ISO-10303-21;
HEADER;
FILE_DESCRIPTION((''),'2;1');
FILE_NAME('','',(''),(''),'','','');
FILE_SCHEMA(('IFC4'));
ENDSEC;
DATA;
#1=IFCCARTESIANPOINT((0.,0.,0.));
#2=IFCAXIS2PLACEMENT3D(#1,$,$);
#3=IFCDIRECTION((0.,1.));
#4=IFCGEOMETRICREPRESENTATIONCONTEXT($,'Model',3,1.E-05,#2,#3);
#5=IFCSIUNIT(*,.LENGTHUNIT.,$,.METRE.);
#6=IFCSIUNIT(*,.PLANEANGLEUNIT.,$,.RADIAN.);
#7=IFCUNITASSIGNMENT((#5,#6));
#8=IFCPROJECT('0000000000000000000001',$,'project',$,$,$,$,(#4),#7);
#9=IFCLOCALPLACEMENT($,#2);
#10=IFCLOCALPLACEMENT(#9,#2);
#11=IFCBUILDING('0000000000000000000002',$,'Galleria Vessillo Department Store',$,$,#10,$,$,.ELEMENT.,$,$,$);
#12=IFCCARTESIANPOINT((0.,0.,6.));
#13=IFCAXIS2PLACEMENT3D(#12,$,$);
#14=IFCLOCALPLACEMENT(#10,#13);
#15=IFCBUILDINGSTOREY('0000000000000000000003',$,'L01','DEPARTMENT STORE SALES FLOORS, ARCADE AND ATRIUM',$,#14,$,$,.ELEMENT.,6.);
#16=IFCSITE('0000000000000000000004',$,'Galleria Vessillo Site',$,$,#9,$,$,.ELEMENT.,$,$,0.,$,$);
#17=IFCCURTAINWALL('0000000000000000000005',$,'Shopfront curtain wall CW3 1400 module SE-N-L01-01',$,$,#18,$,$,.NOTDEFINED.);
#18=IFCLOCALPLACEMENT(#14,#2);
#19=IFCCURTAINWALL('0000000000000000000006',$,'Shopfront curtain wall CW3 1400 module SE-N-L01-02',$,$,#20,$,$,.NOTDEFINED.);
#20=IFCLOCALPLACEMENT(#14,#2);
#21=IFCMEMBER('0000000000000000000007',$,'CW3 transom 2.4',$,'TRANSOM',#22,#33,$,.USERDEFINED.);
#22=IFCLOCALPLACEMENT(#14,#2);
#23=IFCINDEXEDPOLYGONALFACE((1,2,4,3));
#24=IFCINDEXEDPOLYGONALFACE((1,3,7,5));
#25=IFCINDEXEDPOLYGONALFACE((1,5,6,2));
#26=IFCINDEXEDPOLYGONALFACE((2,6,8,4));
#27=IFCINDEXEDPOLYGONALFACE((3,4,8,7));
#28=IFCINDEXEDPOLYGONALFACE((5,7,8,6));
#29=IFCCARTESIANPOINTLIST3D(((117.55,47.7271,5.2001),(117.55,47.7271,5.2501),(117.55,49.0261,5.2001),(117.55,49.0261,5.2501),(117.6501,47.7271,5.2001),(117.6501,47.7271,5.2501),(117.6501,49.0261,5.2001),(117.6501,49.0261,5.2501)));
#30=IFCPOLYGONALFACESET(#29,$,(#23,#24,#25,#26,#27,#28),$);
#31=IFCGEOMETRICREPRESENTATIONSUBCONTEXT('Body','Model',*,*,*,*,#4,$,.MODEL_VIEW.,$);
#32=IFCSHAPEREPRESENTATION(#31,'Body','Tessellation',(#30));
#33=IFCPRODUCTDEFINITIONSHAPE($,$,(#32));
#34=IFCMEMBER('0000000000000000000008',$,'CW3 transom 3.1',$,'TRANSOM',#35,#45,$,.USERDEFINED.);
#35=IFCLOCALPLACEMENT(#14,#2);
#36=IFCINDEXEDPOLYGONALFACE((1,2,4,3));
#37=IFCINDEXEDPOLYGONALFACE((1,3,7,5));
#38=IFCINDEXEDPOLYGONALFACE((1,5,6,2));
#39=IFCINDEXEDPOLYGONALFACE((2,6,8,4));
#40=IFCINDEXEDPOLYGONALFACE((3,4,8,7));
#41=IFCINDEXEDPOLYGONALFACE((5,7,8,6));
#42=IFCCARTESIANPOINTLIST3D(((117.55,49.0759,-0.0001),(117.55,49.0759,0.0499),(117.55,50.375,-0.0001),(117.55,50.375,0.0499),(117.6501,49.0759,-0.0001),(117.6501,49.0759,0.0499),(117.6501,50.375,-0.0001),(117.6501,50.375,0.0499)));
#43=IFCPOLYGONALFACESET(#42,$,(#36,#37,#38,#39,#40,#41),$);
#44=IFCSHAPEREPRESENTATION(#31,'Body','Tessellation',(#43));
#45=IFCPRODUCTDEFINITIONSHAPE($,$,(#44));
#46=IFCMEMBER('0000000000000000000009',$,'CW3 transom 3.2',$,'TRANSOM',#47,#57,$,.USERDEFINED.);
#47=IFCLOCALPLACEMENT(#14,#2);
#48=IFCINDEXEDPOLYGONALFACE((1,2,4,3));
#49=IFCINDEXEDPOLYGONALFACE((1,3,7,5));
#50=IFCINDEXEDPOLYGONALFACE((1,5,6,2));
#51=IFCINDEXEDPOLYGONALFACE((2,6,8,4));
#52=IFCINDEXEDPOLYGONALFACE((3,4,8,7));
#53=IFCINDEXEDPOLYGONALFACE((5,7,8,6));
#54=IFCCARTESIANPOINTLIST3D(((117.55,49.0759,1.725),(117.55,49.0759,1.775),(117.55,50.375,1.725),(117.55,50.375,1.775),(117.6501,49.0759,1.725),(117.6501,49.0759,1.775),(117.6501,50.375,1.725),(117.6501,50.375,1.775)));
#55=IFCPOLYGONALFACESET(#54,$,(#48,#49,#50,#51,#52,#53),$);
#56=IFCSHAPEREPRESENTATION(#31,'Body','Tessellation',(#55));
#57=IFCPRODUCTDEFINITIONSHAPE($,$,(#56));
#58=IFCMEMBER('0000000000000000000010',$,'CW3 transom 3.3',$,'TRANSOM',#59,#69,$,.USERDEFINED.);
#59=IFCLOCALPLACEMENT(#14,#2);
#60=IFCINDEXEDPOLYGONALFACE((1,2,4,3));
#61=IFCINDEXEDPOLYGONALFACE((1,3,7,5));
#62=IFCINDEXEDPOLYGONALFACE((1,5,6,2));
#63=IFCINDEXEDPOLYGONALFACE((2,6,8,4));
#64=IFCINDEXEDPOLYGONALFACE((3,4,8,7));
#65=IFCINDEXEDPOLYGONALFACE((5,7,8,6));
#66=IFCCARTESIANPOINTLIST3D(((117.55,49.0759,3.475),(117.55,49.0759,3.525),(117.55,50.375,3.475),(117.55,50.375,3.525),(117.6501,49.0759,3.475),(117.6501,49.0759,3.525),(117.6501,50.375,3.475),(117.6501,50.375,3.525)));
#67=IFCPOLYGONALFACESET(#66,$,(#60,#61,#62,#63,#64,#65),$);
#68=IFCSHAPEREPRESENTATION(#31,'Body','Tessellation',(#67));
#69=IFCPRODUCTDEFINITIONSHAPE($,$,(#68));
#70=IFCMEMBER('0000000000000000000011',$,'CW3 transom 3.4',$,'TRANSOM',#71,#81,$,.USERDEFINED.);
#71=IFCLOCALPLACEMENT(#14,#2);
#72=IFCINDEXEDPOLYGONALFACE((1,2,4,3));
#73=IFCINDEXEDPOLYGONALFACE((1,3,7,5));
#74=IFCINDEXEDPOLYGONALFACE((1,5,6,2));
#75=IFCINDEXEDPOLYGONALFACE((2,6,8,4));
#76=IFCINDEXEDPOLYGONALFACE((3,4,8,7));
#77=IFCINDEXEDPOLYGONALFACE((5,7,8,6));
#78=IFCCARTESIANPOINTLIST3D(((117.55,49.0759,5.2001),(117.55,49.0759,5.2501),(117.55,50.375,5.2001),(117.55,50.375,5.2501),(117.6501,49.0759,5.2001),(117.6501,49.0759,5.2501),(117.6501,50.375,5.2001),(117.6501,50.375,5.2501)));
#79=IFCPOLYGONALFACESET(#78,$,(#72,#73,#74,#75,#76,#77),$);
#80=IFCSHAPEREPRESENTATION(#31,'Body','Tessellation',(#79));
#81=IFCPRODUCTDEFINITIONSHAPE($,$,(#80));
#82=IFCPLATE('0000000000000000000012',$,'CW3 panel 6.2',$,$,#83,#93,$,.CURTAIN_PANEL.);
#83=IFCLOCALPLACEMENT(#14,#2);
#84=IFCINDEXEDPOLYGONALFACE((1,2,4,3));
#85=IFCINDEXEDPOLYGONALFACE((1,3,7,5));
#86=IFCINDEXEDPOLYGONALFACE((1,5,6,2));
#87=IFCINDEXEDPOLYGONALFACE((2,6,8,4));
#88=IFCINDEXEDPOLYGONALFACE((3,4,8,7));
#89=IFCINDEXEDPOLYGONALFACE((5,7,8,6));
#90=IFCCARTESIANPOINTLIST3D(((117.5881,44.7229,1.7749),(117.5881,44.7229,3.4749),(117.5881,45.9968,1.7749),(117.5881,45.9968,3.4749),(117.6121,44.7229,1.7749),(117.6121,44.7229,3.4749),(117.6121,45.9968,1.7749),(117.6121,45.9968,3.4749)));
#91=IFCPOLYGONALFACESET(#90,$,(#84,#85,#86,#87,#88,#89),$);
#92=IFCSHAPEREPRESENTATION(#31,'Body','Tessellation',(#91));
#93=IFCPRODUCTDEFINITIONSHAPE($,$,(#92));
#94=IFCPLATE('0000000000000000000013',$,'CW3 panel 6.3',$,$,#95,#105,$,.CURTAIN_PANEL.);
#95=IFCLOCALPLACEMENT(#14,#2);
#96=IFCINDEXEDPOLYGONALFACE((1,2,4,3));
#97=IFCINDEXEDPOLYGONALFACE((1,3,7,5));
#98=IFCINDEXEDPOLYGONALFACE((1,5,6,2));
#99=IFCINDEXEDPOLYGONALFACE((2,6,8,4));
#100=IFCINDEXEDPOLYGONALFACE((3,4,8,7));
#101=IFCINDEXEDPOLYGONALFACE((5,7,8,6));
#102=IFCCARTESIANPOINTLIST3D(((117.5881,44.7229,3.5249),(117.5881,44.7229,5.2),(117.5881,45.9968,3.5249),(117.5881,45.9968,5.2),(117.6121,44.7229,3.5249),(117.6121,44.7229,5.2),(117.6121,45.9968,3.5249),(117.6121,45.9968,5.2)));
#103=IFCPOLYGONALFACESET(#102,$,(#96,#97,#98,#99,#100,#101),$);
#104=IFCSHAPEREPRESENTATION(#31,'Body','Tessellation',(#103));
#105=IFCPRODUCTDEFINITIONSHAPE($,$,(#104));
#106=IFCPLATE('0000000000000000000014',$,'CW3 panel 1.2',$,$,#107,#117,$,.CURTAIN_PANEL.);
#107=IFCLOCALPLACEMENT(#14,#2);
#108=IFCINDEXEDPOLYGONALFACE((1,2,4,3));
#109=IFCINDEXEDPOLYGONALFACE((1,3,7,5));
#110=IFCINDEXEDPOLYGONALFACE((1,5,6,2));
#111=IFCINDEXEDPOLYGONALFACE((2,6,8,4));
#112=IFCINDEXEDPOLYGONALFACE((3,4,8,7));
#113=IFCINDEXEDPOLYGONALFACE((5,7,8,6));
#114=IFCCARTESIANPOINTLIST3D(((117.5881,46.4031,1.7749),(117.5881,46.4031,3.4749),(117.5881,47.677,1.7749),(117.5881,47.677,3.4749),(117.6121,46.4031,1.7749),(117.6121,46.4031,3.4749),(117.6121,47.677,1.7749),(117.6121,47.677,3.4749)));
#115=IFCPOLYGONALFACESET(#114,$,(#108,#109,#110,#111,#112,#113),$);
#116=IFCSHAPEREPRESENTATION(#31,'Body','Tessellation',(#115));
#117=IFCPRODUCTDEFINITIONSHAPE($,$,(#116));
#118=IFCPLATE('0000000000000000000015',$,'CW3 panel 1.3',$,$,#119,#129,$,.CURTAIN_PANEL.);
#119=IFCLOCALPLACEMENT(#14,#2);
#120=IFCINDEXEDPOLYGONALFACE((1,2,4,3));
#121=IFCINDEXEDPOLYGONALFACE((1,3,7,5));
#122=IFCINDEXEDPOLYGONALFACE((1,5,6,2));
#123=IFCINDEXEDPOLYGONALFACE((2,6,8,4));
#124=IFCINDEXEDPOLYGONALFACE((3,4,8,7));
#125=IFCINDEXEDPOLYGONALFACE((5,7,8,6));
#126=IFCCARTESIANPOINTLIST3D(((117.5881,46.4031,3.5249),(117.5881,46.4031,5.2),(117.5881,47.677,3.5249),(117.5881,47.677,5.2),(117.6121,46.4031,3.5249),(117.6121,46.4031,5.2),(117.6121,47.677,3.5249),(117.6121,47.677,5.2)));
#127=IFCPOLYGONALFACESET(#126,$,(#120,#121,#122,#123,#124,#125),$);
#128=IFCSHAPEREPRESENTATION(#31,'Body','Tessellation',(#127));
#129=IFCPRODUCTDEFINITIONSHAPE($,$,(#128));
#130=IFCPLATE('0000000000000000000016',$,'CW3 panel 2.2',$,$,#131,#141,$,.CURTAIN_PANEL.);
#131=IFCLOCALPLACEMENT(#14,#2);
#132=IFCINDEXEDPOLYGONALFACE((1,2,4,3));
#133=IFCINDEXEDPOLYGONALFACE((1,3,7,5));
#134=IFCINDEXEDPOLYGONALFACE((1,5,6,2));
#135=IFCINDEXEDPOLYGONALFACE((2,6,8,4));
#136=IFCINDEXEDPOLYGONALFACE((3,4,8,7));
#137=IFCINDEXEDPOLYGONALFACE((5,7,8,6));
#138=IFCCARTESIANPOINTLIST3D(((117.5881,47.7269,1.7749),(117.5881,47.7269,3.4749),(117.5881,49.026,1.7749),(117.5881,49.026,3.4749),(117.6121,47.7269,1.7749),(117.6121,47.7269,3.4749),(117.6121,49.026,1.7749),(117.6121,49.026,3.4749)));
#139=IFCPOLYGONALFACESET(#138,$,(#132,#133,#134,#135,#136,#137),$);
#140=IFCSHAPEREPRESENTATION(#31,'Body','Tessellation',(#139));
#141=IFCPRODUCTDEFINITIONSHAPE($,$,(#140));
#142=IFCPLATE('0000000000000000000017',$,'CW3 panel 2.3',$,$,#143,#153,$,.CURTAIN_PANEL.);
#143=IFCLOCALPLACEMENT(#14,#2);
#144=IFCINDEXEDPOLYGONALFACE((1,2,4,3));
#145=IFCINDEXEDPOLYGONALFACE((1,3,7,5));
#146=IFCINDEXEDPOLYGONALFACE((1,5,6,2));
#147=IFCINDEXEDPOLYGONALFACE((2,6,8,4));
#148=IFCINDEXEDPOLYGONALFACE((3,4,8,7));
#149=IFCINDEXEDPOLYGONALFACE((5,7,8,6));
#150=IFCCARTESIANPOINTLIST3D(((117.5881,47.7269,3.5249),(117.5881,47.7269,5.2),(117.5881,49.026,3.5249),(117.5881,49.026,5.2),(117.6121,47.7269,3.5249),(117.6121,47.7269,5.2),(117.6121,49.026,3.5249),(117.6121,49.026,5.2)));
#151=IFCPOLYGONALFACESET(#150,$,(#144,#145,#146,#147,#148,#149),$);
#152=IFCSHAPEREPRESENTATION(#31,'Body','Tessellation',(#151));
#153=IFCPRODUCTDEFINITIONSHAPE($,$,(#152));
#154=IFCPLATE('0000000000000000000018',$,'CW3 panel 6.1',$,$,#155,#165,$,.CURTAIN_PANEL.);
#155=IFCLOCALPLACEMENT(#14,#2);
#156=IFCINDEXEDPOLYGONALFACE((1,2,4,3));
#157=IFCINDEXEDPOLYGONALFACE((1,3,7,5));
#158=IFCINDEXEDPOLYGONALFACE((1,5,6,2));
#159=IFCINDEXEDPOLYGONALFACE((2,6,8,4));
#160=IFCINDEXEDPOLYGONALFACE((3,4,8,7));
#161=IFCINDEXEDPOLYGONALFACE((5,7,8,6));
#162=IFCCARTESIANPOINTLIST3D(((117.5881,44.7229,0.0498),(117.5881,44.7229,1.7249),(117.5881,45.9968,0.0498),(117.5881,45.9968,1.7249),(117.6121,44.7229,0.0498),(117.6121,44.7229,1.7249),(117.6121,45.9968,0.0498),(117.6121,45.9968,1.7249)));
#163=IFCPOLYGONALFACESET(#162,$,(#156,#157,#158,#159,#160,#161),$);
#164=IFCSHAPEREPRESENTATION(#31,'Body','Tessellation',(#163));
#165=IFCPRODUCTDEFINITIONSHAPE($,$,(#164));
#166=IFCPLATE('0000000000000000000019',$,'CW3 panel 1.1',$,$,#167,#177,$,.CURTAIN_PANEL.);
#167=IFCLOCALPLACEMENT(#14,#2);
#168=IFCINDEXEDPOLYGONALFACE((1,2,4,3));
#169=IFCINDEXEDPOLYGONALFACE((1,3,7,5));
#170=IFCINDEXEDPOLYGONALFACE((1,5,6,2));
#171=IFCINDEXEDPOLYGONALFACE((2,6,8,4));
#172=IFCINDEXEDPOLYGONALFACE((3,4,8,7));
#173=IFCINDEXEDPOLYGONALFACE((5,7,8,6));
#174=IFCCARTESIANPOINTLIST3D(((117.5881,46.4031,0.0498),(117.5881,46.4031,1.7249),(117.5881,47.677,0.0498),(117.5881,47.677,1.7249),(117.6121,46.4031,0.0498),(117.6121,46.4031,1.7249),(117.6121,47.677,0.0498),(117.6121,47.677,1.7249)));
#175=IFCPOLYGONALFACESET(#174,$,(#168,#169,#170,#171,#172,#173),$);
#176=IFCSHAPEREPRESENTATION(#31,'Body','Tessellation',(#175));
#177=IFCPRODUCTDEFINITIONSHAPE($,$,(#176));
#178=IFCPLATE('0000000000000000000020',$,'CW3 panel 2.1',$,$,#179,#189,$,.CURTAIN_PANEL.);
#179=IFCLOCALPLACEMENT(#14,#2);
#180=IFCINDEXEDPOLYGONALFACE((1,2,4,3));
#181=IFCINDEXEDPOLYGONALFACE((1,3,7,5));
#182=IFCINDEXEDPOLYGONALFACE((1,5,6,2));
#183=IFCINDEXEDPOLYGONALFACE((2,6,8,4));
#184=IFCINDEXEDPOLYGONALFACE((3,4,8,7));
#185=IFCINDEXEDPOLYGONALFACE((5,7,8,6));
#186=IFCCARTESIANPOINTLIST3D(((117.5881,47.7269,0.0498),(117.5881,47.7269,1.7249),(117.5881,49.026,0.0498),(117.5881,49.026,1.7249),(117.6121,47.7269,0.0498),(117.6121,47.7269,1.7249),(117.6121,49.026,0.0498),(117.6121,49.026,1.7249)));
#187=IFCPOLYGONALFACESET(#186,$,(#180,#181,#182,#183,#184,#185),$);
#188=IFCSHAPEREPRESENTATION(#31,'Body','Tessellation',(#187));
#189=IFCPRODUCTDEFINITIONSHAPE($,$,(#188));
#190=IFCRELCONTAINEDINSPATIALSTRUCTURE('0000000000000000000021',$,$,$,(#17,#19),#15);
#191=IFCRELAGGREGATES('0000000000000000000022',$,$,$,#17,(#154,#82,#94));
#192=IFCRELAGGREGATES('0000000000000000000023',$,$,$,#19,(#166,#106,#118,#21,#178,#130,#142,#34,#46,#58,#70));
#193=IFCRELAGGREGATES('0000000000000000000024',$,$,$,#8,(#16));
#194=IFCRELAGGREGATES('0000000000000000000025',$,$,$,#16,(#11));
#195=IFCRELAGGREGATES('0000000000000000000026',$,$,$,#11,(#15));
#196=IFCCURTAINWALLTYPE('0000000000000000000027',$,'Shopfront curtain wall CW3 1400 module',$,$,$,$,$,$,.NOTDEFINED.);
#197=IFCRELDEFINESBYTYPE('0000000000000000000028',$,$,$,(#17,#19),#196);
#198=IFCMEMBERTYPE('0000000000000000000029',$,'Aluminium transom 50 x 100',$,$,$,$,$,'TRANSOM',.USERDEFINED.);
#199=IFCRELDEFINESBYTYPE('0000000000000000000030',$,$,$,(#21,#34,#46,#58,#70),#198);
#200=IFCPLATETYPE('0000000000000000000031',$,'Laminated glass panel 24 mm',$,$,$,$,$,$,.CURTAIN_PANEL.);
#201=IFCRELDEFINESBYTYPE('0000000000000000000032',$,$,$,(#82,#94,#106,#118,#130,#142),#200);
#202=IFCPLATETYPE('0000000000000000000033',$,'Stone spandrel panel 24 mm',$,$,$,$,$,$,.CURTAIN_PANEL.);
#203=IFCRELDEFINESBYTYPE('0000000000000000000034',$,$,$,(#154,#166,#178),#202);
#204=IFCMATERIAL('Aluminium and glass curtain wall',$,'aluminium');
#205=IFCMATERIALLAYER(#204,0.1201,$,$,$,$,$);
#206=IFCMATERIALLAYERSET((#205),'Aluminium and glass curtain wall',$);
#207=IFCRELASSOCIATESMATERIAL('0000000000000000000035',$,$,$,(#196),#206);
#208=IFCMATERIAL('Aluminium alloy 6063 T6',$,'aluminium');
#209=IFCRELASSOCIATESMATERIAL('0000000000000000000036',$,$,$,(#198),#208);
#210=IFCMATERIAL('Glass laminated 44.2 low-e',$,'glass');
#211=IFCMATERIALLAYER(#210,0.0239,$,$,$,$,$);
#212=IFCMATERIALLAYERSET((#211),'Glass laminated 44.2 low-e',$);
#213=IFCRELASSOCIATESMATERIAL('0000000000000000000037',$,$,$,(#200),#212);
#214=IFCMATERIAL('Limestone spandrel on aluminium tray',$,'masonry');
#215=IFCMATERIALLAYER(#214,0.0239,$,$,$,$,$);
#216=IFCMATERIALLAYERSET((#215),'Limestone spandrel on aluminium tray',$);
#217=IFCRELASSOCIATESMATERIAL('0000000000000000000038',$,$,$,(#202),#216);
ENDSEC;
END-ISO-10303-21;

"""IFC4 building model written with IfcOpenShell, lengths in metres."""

from ifc_helpers import new_model, si_unit, direction, frame, origin, origin_2d, place, context, subcontext, project, spatial, rectangle, extrude, material, layer, layer_set, material_profile, profile_set, type_object, element, aggregate, save


model = new_model("IFC4")

# Units and contexts
model_context = context("Model", 3, precision=1e-05, world=origin(), true_north=direction((0.0, 1.0)))
body_context = subcontext(model_context, "Body", "Model", "MODEL_VIEW")
ifc_project = project(units=[si_unit("LENGTHUNIT", "METRE"), si_unit("PLANEANGLEUNIT", "RADIAN")], contexts=[model_context])

# Site, building, storey
site_placement = place(None, origin())
site = spatial("IfcSite", under=ifc_project, at=site_placement, Name="Galleria Vessillo Site", CompositionType="ELEMENT", RefElevation=0.0)
building_placement = place(site_placement, origin())
building = spatial("IfcBuilding", under=site, at=building_placement, Name="Galleria Vessillo Department Store", CompositionType="ELEMENT")
storey_placement = place(building_placement, frame((0.0, 0.0, 6.0)))
storey = spatial("IfcBuildingStorey", under=building, at=storey_placement, Name="L01", Description="DEPARTMENT STORE SALES FLOORS, ARCADE AND ATRIUM", CompositionType="ELEMENT", Elevation=6.0)

# Curtain wall
ifc_material_1 = material(Name="Aluminium and glass curtain wall", Category="aluminium")
ifc_layer_1 = layer(ifc_material_1, 0.1201)
ifc_layer_set_1 = layer_set([ifc_layer_1], Name="Aluminium and glass curtain wall")
curtain_wall_type = type_object("IfcCurtainWallType", Name="Shopfront curtain wall CW3 1400 module", PredefinedType="NOTDEFINED", material=ifc_layer_set_1)
curtain_wall_1_placement = place(storey_placement, origin())
curtain_wall_1 = element("IfcCurtainWall", 1, at=curtain_wall_1_placement, inside=storey, type_object=curtain_wall_type, Name="Shopfront curtain wall CW3 1400 module SE-N-L01-01", PredefinedType="NOTDEFINED")

# Curtain wall, members
curtain_wall_2_placement = place(storey_placement, origin())
curtain_wall_2 = element("IfcCurtainWall", 2, at=curtain_wall_2_placement, inside=storey, type_object=curtain_wall_type, Name="Shopfront curtain wall CW3 1400 module SE-N-L01-02", PredefinedType="NOTDEFINED")
ifc_material_2 = material(Name="Aluminium alloy 6063 T6", Category="aluminium")
ifc_material_profile_1 = material_profile(ifc_material_2, rectangle(XDim=0.1001, YDim=0.05, at=origin_2d()), Name="AL 50x100")
ifc_profile_set_1 = profile_set([ifc_material_profile_1], Name="Aluminium alloy 6063 T6")
member_type_1 = type_object("IfcMemberType", Name="Aluminium transom 50 x 100", ElementType="TRANSOM", PredefinedType="USERDEFINED", material=ifc_profile_set_1)
member_1_placement = place(storey_placement, frame((117.6001, 47.7271, 5.2251), z_axis=(0.0, 1.0, 0.0), x_axis=(-1.0, 0.0, 0.0)))
member_1 = element("IfcMember", 3, at=member_1_placement, type_object=member_type_1, Name="CW3 transom 2.4", ObjectType="TRANSOM", PredefinedType="USERDEFINED", context=body_context, shape_type="SweptSolid", body=[
    extrude(rectangle(XDim=0.1001, YDim=0.05, at=origin_2d()), origin(), (0.0, 0.0, 1.0), 1.2991),
])
member_2_placement = place(storey_placement, frame((117.6001, 49.0759, 0.0249), z_axis=(0.0, 1.0, 0.0), x_axis=(-1.0, 0.0, 0.0)))
member_2 = element("IfcMember", 4, at=member_2_placement, type_object=member_type_1, Name="CW3 transom 3.1", ObjectType="TRANSOM", PredefinedType="USERDEFINED", context=body_context, shape_type="SweptSolid", body=[
    extrude(rectangle(XDim=0.1001, YDim=0.05, at=origin_2d()), origin(), (0.0, 0.0, 1.0), 1.2991),
])
member_3_placement = place(storey_placement, frame((117.6001, 49.0759, 1.75), z_axis=(0.0, 1.0, 0.0), x_axis=(-1.0, 0.0, 0.0)))
member_3 = element("IfcMember", 5, at=member_3_placement, type_object=member_type_1, Name="CW3 transom 3.2", ObjectType="TRANSOM", PredefinedType="USERDEFINED", context=body_context, shape_type="SweptSolid", body=[
    extrude(rectangle(XDim=0.1001, YDim=0.05, at=origin_2d()), origin(), (0.0, 0.0, 1.0), 1.2991),
])
member_4_placement = place(storey_placement, frame((117.6001, 49.0759, 3.5), z_axis=(0.0, 1.0, 0.0), x_axis=(-1.0, 0.0, 0.0)))
member_4 = element("IfcMember", 6, at=member_4_placement, type_object=member_type_1, Name="CW3 transom 3.3", ObjectType="TRANSOM", PredefinedType="USERDEFINED", context=body_context, shape_type="SweptSolid", body=[
    extrude(rectangle(XDim=0.1001, YDim=0.05, at=origin_2d()), origin(), (0.0, 0.0, 1.0), 1.2991),
])
member_5_placement = place(storey_placement, frame((117.6001, 49.0759, 5.2251), z_axis=(0.0, 1.0, 0.0), x_axis=(-1.0, 0.0, 0.0)))
member_5 = element("IfcMember", 7, at=member_5_placement, type_object=member_type_1, Name="CW3 transom 3.4", ObjectType="TRANSOM", PredefinedType="USERDEFINED", context=body_context, shape_type="SweptSolid", body=[
    extrude(rectangle(XDim=0.1001, YDim=0.05, at=origin_2d()), origin(), (0.0, 0.0, 1.0), 1.2991),
])

# Plates
ifc_material_3 = material(Name="Glass laminated 44.2 low-e", Category="glass")
ifc_layer_2 = layer(ifc_material_3, 0.0239)
ifc_layer_set_2 = layer_set([ifc_layer_2], Name="Glass laminated 44.2 low-e")
plate_type_1 = type_object("IfcPlateType", Name="Laminated glass panel 24 mm", PredefinedType="CURTAIN_PANEL", material=ifc_layer_set_2)
plate_1_placement = place(storey_placement, frame((117.6001, 45.3599, 1.7749), z_axis=(0.0, 0.0, 1.0), x_axis=(0.0, 1.0, 0.0)))
plate_1 = element("IfcPlate", 8, at=plate_1_placement, type_object=plate_type_1, Name="CW3 panel 6.2", PredefinedType="CURTAIN_PANEL", context=body_context, shape_type="SweptSolid", body=[
    extrude(rectangle(XDim=1.2739, YDim=0.0239, at=origin_2d()), origin(), (0.0, 0.0, 1.0), 1.7),
])
plate_2_placement = place(storey_placement, frame((117.6001, 45.3599, 3.5249), z_axis=(0.0, 0.0, 1.0), x_axis=(0.0, 1.0, 0.0)))
plate_2 = element("IfcPlate", 9, at=plate_2_placement, type_object=plate_type_1, Name="CW3 panel 6.3", PredefinedType="CURTAIN_PANEL", context=body_context, shape_type="SweptSolid", body=[
    extrude(rectangle(XDim=1.2739, YDim=0.0239, at=origin_2d()), origin(), (0.0, 0.0, 1.0), 1.675),
])
plate_3_placement = place(storey_placement, frame((117.6001, 47.04, 1.7749), z_axis=(0.0, 0.0, 1.0), x_axis=(0.0, 1.0, 0.0)))
plate_3 = element("IfcPlate", 10, at=plate_3_placement, type_object=plate_type_1, Name="CW3 panel 1.2", PredefinedType="CURTAIN_PANEL", context=body_context, shape_type="SweptSolid", body=[
    extrude(rectangle(XDim=1.2739, YDim=0.0239, at=origin_2d()), origin(), (0.0, 0.0, 1.0), 1.7),
])
plate_4_placement = place(storey_placement, frame((117.6001, 47.04, 3.5249), z_axis=(0.0, 0.0, 1.0), x_axis=(0.0, 1.0, 0.0)))
plate_4 = element("IfcPlate", 11, at=plate_4_placement, type_object=plate_type_1, Name="CW3 panel 1.3", PredefinedType="CURTAIN_PANEL", context=body_context, shape_type="SweptSolid", body=[
    extrude(rectangle(XDim=1.2739, YDim=0.0239, at=origin_2d()), origin(), (0.0, 0.0, 1.0), 1.675),
])
plate_5_placement = place(storey_placement, frame((117.6001, 48.3765, 1.7749), z_axis=(0.0, 0.0, 1.0), x_axis=(0.0, 1.0, 0.0)))
plate_5 = element("IfcPlate", 12, at=plate_5_placement, type_object=plate_type_1, Name="CW3 panel 2.2", PredefinedType="CURTAIN_PANEL", context=body_context, shape_type="SweptSolid", body=[
    extrude(rectangle(XDim=1.2991, YDim=0.0239, at=origin_2d()), origin(), (0.0, 0.0, 1.0), 1.7),
])
plate_6_placement = place(storey_placement, frame((117.6001, 48.3765, 3.5249), z_axis=(0.0, 0.0, 1.0), x_axis=(0.0, 1.0, 0.0)))
plate_6 = element("IfcPlate", 13, at=plate_6_placement, type_object=plate_type_1, Name="CW3 panel 2.3", PredefinedType="CURTAIN_PANEL", context=body_context, shape_type="SweptSolid", body=[
    extrude(rectangle(XDim=1.2991, YDim=0.0239, at=origin_2d()), origin(), (0.0, 0.0, 1.0), 1.675),
])
ifc_material_4 = material(Name="Limestone spandrel on aluminium tray", Category="masonry")
ifc_layer_3 = layer(ifc_material_4, 0.0239)
ifc_layer_set_3 = layer_set([ifc_layer_3], Name="Limestone spandrel on aluminium tray")
plate_type_2 = type_object("IfcPlateType", Name="Stone spandrel panel 24 mm", PredefinedType="CURTAIN_PANEL", material=ifc_layer_set_3)
plate_7_placement = place(storey_placement, frame((117.6001, 45.3599, 0.0498), z_axis=(0.0, 0.0, 1.0), x_axis=(0.0, 1.0, 0.0)))
plate_7 = element("IfcPlate", 14, at=plate_7_placement, type_object=plate_type_2, Name="CW3 panel 6.1", PredefinedType="CURTAIN_PANEL", context=body_context, shape_type="SweptSolid", body=[
    extrude(rectangle(XDim=1.2739, YDim=0.0239, at=origin_2d()), origin(), (0.0, 0.0, 1.0), 1.675),
])
aggregate(curtain_wall_1, [plate_7, plate_1, plate_2])
plate_8_placement = place(storey_placement, frame((117.6001, 47.04, 0.0498), z_axis=(0.0, 0.0, 1.0), x_axis=(0.0, 1.0, 0.0)))
plate_8 = element("IfcPlate", 15, at=plate_8_placement, type_object=plate_type_2, Name="CW3 panel 1.1", PredefinedType="CURTAIN_PANEL", context=body_context, shape_type="SweptSolid", body=[
    extrude(rectangle(XDim=1.2739, YDim=0.0239, at=origin_2d()), origin(), (0.0, 0.0, 1.0), 1.675),
])
plate_9_placement = place(storey_placement, frame((117.6001, 48.3765, 0.0498), z_axis=(0.0, 0.0, 1.0), x_axis=(0.0, 1.0, 0.0)))
plate_9 = element("IfcPlate", 16, at=plate_9_placement, type_object=plate_type_2, Name="CW3 panel 2.1", PredefinedType="CURTAIN_PANEL", context=body_context, shape_type="SweptSolid", body=[
    extrude(rectangle(XDim=1.2991, YDim=0.0239, at=origin_2d()), origin(), (0.0, 0.0, 1.0), 1.675),
])
aggregate(curtain_wall_2, [plate_8, plate_3, plate_4, member_1, plate_9, plate_5, plate_6, member_2, member_3, member_4, member_5])

save(model, "model.ifc")
